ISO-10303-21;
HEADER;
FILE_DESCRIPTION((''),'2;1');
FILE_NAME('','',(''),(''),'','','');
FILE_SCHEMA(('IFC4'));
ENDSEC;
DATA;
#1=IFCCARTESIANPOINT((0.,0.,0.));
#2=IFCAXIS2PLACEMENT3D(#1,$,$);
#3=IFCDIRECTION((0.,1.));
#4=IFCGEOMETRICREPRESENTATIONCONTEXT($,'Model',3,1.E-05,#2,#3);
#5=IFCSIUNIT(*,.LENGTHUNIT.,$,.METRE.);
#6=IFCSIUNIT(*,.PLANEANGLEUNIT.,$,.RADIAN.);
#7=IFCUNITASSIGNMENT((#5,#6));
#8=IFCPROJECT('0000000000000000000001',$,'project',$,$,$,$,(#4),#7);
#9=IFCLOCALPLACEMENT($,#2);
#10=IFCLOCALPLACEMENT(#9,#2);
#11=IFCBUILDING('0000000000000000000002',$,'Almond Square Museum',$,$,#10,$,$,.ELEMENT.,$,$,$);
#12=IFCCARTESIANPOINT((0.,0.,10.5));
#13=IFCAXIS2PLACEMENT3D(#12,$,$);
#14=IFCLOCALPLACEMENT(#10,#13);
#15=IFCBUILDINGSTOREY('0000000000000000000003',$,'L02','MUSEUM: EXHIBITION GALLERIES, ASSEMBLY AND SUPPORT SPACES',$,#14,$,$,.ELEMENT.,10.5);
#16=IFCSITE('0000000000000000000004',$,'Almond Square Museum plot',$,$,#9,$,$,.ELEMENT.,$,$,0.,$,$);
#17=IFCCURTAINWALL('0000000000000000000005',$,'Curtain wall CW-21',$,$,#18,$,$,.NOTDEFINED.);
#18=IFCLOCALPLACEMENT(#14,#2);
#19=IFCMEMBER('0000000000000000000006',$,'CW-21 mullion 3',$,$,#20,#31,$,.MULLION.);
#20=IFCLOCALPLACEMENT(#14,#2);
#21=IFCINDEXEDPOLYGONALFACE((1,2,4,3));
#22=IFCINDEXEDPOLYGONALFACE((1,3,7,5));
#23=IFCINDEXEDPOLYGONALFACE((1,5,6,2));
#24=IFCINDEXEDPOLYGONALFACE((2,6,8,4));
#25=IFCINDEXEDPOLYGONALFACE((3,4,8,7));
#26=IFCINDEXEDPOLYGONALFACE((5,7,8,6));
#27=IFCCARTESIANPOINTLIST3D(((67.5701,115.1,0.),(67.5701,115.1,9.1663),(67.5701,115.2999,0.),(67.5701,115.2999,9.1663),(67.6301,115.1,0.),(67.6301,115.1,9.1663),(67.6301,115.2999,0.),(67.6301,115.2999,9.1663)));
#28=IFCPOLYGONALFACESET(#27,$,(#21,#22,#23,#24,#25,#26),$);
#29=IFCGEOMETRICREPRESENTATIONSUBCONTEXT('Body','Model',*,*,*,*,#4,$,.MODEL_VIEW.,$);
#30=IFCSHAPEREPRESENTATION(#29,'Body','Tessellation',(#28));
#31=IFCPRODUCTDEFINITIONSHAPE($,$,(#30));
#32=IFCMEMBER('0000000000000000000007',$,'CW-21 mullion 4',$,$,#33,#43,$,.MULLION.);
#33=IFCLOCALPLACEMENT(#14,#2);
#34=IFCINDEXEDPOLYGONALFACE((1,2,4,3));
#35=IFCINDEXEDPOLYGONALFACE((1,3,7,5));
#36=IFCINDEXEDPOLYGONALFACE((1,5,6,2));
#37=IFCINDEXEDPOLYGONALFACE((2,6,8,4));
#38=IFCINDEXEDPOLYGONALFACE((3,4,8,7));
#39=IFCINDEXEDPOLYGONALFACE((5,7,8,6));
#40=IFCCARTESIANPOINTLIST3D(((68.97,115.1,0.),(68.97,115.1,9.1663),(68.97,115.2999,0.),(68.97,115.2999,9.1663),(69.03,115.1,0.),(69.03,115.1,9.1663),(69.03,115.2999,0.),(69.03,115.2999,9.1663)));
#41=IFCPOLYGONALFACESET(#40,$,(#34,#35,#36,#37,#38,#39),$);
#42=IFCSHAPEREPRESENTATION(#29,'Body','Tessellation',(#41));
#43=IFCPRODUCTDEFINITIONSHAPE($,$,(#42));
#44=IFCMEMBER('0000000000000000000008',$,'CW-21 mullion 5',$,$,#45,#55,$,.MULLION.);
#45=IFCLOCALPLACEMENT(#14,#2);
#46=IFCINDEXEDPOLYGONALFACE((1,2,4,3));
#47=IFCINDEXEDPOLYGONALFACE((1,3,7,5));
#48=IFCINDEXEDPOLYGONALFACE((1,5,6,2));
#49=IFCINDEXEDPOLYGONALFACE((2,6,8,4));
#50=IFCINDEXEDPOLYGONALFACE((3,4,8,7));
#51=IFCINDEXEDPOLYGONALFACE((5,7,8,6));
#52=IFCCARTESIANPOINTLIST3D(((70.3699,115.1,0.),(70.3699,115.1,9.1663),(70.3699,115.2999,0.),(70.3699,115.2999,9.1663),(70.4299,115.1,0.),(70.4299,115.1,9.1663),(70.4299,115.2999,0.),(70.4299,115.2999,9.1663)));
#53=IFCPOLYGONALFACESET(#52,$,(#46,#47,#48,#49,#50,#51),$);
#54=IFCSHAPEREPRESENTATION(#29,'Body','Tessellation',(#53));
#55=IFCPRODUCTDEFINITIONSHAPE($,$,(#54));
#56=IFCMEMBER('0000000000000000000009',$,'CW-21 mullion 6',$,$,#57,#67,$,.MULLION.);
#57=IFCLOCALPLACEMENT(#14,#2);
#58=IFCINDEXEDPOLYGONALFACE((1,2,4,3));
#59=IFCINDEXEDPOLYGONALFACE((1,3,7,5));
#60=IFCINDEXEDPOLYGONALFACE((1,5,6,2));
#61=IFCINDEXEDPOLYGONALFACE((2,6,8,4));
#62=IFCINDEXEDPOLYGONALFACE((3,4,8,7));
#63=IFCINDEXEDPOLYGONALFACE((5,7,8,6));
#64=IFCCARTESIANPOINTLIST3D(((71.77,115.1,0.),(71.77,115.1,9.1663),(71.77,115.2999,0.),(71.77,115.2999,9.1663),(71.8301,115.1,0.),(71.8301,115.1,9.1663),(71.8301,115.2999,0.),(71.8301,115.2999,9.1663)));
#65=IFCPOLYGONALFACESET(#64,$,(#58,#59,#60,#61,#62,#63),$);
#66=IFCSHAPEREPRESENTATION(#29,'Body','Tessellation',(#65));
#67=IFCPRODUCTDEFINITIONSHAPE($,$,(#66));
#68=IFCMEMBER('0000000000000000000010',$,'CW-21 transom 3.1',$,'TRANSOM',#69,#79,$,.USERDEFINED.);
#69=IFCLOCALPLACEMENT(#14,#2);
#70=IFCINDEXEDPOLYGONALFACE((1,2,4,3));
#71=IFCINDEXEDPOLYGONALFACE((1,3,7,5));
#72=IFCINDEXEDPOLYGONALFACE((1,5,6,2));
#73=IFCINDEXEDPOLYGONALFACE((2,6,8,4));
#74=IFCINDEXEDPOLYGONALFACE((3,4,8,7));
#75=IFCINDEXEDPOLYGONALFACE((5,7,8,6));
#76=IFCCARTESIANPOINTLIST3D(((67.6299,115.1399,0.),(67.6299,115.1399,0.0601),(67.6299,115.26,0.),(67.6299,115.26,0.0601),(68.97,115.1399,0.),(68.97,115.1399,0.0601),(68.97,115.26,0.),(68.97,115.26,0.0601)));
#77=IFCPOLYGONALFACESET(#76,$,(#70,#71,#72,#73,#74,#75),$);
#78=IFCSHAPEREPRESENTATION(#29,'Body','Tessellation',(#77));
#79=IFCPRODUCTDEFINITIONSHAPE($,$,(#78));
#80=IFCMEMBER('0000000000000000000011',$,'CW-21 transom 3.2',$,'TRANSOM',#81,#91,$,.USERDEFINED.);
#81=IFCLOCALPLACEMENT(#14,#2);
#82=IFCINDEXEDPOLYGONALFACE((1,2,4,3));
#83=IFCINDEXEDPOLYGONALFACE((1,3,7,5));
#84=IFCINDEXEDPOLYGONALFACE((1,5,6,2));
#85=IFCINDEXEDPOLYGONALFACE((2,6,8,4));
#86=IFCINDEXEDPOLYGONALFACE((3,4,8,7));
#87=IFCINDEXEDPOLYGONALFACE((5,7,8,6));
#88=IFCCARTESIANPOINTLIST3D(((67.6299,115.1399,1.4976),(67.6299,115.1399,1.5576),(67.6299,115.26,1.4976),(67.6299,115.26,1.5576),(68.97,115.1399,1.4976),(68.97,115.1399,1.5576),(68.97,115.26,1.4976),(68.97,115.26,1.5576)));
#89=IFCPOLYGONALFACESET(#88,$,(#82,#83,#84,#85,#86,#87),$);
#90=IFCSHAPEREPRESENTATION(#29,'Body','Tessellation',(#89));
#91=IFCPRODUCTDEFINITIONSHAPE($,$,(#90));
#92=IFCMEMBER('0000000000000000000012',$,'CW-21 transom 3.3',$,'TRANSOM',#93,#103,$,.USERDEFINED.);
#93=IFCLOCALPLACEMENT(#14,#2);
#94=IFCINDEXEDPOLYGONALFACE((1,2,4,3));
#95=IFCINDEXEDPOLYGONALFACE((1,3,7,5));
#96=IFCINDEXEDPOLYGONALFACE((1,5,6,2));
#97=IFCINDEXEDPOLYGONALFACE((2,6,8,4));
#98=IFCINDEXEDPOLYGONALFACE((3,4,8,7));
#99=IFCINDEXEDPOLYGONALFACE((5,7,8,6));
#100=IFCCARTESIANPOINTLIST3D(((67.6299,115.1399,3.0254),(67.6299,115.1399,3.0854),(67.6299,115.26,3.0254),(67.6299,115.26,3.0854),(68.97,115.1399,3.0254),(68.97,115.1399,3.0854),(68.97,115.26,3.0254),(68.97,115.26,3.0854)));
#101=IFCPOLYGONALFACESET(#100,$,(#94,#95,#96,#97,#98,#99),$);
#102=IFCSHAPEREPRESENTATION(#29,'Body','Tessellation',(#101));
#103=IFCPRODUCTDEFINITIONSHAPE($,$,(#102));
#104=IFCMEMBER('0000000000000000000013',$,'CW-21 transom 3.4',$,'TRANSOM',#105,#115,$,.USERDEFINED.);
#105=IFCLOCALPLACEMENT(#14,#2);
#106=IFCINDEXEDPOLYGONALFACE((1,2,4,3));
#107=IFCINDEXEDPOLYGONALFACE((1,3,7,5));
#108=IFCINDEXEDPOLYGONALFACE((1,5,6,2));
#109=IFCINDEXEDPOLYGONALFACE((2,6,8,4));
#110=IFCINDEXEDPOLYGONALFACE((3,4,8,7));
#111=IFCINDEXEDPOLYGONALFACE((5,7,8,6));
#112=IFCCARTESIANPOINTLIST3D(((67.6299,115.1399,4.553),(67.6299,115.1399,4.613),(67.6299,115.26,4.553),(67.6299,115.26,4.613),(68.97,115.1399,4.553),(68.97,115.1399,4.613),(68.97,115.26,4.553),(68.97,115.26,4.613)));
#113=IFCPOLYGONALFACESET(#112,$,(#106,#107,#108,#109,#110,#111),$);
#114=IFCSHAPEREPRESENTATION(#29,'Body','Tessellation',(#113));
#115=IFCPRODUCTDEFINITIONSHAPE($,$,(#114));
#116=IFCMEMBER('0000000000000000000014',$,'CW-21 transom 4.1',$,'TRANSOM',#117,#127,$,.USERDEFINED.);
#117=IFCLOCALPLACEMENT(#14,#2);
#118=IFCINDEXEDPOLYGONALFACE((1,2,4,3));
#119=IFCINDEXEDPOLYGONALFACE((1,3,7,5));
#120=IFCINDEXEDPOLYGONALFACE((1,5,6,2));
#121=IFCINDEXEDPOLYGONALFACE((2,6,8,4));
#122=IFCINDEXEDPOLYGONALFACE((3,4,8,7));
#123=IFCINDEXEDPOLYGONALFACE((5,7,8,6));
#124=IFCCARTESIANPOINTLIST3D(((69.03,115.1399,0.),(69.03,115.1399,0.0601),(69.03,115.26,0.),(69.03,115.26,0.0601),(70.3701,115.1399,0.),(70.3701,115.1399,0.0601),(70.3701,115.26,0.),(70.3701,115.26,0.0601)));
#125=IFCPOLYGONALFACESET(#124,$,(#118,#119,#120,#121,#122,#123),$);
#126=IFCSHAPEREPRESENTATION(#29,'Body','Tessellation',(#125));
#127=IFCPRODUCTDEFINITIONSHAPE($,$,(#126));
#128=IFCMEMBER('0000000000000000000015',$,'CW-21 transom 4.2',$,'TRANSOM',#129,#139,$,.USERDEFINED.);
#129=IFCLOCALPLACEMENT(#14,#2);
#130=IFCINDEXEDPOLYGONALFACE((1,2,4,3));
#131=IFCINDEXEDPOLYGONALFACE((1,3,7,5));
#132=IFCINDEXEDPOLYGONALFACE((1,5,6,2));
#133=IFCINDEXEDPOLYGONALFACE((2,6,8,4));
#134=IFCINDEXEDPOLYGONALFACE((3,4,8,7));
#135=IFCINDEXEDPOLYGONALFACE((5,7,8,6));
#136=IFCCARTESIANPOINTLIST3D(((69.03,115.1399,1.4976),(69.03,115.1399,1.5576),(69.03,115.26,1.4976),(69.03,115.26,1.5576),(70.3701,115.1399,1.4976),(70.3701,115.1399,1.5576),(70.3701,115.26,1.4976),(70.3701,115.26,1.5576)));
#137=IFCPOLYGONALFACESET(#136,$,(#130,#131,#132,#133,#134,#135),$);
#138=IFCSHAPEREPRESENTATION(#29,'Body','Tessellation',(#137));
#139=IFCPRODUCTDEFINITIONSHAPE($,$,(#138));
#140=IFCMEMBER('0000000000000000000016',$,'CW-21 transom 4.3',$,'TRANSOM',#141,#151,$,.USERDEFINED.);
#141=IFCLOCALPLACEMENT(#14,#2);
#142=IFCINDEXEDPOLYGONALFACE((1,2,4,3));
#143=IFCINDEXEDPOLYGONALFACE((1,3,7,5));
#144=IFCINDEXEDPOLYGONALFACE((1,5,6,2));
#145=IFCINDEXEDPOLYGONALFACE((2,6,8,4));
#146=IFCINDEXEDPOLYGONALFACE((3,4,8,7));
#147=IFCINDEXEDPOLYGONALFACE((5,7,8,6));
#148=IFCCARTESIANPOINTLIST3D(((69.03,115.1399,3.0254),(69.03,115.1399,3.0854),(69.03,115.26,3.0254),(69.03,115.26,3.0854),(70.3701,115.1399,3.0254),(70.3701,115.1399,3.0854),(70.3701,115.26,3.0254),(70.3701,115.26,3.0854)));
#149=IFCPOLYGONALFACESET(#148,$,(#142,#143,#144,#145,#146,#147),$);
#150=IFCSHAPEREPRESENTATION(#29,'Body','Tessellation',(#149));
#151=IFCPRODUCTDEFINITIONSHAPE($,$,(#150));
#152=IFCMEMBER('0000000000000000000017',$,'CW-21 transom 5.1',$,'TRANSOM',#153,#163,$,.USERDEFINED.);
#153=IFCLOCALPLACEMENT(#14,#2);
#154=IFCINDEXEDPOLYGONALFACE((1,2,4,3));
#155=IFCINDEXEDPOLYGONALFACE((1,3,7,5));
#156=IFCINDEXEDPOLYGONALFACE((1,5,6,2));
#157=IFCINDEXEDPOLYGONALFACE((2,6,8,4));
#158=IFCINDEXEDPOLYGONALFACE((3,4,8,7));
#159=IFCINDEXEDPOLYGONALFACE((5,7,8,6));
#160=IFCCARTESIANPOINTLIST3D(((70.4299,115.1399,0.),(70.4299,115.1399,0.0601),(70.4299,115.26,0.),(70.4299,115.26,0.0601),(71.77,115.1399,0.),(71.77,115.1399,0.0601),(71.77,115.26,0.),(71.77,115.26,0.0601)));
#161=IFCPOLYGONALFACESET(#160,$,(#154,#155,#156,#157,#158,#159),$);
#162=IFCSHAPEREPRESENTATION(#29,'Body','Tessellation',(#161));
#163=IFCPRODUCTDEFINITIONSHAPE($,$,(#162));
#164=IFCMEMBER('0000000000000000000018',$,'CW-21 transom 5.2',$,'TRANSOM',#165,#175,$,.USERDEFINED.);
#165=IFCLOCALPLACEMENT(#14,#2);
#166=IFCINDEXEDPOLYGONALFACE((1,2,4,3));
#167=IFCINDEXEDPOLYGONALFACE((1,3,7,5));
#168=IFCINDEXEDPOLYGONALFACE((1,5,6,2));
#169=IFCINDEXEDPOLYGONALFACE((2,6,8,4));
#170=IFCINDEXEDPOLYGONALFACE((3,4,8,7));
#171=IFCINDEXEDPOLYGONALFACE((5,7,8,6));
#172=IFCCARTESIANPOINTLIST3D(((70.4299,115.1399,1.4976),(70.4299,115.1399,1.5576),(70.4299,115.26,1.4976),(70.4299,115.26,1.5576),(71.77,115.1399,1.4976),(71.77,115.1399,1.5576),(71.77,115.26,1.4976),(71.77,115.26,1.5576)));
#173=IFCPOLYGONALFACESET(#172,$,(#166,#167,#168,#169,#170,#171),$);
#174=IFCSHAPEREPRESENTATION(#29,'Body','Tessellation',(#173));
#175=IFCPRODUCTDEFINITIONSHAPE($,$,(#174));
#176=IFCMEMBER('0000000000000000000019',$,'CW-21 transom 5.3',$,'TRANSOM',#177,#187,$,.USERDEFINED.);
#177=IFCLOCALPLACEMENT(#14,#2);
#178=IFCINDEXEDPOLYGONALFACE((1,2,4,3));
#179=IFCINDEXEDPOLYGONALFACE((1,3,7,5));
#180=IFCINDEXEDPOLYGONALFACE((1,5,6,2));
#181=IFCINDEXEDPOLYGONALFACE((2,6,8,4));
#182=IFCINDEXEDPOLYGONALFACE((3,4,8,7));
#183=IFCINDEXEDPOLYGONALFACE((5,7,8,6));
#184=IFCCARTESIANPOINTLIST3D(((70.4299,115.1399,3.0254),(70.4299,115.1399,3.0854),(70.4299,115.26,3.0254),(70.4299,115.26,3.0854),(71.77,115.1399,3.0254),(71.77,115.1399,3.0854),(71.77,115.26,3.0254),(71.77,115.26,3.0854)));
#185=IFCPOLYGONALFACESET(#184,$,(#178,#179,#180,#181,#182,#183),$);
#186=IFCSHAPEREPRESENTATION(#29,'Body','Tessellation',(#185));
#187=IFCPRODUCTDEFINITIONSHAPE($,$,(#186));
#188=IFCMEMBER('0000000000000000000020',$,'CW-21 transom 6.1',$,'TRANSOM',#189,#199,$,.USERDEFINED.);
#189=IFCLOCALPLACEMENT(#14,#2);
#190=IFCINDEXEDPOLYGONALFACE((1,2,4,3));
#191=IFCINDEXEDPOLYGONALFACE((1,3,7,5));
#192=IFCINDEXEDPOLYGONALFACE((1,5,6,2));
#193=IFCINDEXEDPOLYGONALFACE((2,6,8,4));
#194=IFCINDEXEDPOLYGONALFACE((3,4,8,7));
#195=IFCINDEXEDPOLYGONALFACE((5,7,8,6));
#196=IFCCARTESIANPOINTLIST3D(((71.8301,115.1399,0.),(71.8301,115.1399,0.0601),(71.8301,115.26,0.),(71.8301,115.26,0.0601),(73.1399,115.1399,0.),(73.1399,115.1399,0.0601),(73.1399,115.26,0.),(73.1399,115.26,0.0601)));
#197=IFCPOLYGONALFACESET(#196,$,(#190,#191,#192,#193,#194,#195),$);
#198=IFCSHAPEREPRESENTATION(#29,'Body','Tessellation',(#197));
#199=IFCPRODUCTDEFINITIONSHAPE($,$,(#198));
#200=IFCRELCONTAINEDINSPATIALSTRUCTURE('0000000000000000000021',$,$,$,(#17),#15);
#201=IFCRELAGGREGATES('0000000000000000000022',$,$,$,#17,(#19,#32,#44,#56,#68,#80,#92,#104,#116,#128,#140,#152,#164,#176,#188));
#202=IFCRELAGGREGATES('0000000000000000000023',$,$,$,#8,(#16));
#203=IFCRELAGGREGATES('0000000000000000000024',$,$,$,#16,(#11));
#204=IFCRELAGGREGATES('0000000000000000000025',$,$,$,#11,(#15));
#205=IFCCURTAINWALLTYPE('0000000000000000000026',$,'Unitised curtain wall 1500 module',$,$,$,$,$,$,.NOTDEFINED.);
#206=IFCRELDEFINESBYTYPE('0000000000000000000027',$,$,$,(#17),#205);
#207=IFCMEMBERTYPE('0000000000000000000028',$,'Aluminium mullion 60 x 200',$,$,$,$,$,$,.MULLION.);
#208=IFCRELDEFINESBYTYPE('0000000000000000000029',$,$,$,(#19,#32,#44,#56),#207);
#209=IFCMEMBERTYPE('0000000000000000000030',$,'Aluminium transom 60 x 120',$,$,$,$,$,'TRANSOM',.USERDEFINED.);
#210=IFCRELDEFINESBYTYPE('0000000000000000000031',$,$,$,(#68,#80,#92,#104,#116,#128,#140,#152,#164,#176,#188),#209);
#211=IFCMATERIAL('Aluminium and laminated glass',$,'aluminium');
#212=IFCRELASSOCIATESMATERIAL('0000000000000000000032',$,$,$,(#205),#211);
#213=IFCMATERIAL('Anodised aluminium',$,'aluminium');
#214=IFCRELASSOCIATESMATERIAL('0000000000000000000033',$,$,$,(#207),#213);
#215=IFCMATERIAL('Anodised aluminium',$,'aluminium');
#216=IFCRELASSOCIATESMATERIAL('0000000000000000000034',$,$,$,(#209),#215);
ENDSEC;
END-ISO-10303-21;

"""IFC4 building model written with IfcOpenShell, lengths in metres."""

from ifc_helpers import new_model, si_unit, direction, frame, origin, origin_2d, place, context, subcontext, project, spatial, rectangle, extrude, material, material_profile, profile_set, type_object, element, aggregate, save


model = new_model("IFC4")

# Units and contexts
model_context = context("Model", 3, precision=1e-05, world=origin(), true_north=direction((0.0, 1.0)))
body_context = subcontext(model_context, "Body", "Model", "MODEL_VIEW")
ifc_project = project(units=[si_unit("LENGTHUNIT", "METRE"), si_unit("PLANEANGLEUNIT", "RADIAN")], contexts=[model_context])

# Site, building, storey
site_placement = place(None, origin())
site = spatial("IfcSite", under=ifc_project, at=site_placement, Name="Almond Square Museum plot", CompositionType="ELEMENT", RefElevation=0.0)
building_placement = place(site_placement, origin())
building = spatial("IfcBuilding", under=site, at=building_placement, Name="Almond Square Museum", CompositionType="ELEMENT")
storey_placement = place(building_placement, frame((0.0, 0.0, 10.5)))
storey = spatial("IfcBuildingStorey", under=building, at=storey_placement, Name="L02", Description="MUSEUM: EXHIBITION GALLERIES, ASSEMBLY AND SUPPORT SPACES", CompositionType="ELEMENT", Elevation=10.5)

# Curtain wall, members
ifc_material_1 = material(Name="Aluminium and laminated glass", Category="aluminium")
curtain_wall_type = type_object("IfcCurtainWallType", Name="Unitised curtain wall 1500 module", PredefinedType="NOTDEFINED", material=ifc_material_1)
curtain_wall_placement = place(storey_placement, origin())
curtain_wall = element("IfcCurtainWall", 1, at=curtain_wall_placement, inside=storey, type_object=curtain_wall_type, Name="Curtain wall CW-21", PredefinedType="NOTDEFINED")
ifc_material_2 = material(Name="Anodised aluminium", Category="aluminium")
ifc_material_profile_1 = material_profile(ifc_material_2, rectangle(XDim=0.2, YDim=0.0601, at=origin_2d()))
ifc_profile_set_1 = profile_set([ifc_material_profile_1], Name="Anodised aluminium")
member_type_1 = type_object("IfcMemberType", Name="Aluminium mullion 60 x 200", PredefinedType="MULLION", material=ifc_profile_set_1)
member_1_placement = place(storey_placement, frame((67.6001, 115.2, 0.0), z_axis=(0.0, 0.0, 1.0), x_axis=(0.0, 1.0, 0.0)))
member_1 = element("IfcMember", 2, at=member_1_placement, type_object=member_type_1, Name="CW-21 mullion 3", PredefinedType="MULLION", context=body_context, shape_type="SweptSolid", body=[
    extrude(rectangle(XDim=0.2, YDim=0.0601, at=origin_2d()), origin(), (0.0, 0.0, 1.0), 9.1663),
])
member_2_placement = place(storey_placement, frame((69.0, 115.2, 0.0), z_axis=(0.0, 0.0, 1.0), x_axis=(0.0, 1.0, 0.0)))
member_2 = element("IfcMember", 3, at=member_2_placement, type_object=member_type_1, Name="CW-21 mullion 4", PredefinedType="MULLION", context=body_context, shape_type="SweptSolid", body=[
    extrude(rectangle(XDim=0.2, YDim=0.0601, at=origin_2d()), origin(), (0.0, 0.0, 1.0), 9.1663),
])
member_3_placement = place(storey_placement, frame((70.3999, 115.2, 0.0), z_axis=(0.0, 0.0, 1.0), x_axis=(0.0, 1.0, 0.0)))
member_3 = element("IfcMember", 4, at=member_3_placement, type_object=member_type_1, Name="CW-21 mullion 5", PredefinedType="MULLION", context=body_context, shape_type="SweptSolid", body=[
    extrude(rectangle(XDim=0.2, YDim=0.0601, at=origin_2d()), origin(), (0.0, 0.0, 1.0), 9.1663),
])
member_4_placement = place(storey_placement, frame((71.8, 115.2, 0.0), z_axis=(0.0, 0.0, 1.0), x_axis=(0.0, 1.0, 0.0)))
member_4 = element("IfcMember", 5, at=member_4_placement, type_object=member_type_1, Name="CW-21 mullion 6", PredefinedType="MULLION", context=body_context, shape_type="SweptSolid", body=[
    extrude(rectangle(XDim=0.2, YDim=0.0601, at=origin_2d()), origin(), (0.0, 0.0, 1.0), 9.1663),
])
ifc_material_3 = material(Name="Anodised aluminium", Category="aluminium")
ifc_material_profile_2 = material_profile(ifc_material_3, rectangle(XDim=0.1201, YDim=0.0601, at=origin_2d()))
ifc_profile_set_2 = profile_set([ifc_material_profile_2], Name="Anodised aluminium")
member_type_2 = type_object("IfcMemberType", Name="Aluminium transom 60 x 120", ElementType="TRANSOM", PredefinedType="USERDEFINED", material=ifc_profile_set_2)
member_5_placement = place(storey_placement, frame((67.6299, 115.2, 0.03), z_axis=(1.0, 0.0, 0.0), x_axis=(0.0, 1.0, 0.0)))
member_5 = element("IfcMember", 6, at=member_5_placement, type_object=member_type_2, Name="CW-21 transom 3.1", ObjectType="TRANSOM", PredefinedType="USERDEFINED", context=body_context, shape_type="SweptSolid", body=[
    extrude(rectangle(XDim=0.1201, YDim=0.0601, at=origin_2d()), origin(), (0.0, 0.0, 1.0), 1.3401),
])
member_6_placement = place(storey_placement, frame((67.6299, 115.2, 1.5276), z_axis=(1.0, 0.0, 0.0), x_axis=(0.0, 1.0, 0.0)))
member_6 = element("IfcMember", 7, at=member_6_placement, type_object=member_type_2, Name="CW-21 transom 3.2", ObjectType="TRANSOM", PredefinedType="USERDEFINED", context=body_context, shape_type="SweptSolid", body=[
    extrude(rectangle(XDim=0.1201, YDim=0.0601, at=origin_2d()), origin(), (0.0, 0.0, 1.0), 1.3401),
])
member_7_placement = place(storey_placement, frame((67.6299, 115.2, 3.0554), z_axis=(1.0, 0.0, 0.0), x_axis=(0.0, 1.0, 0.0)))
member_7 = element("IfcMember", 8, at=member_7_placement, type_object=member_type_2, Name="CW-21 transom 3.3", ObjectType="TRANSOM", PredefinedType="USERDEFINED", context=body_context, shape_type="SweptSolid", body=[
    extrude(rectangle(XDim=0.1201, YDim=0.0601, at=origin_2d()), origin(), (0.0, 0.0, 1.0), 1.3401),
])
member_8_placement = place(storey_placement, frame((67.6299, 115.2, 4.583), z_axis=(1.0, 0.0, 0.0), x_axis=(0.0, 1.0, 0.0)))
member_8 = element("IfcMember", 9, at=member_8_placement, type_object=member_type_2, Name="CW-21 transom 3.4", ObjectType="TRANSOM", PredefinedType="USERDEFINED", context=body_context, shape_type="SweptSolid", body=[
    extrude(rectangle(XDim=0.1201, YDim=0.0601, at=origin_2d()), origin(), (0.0, 0.0, 1.0), 1.3401),
])
member_9_placement = place(storey_placement, frame((69.03, 115.2, 0.03), z_axis=(1.0, 0.0, 0.0), x_axis=(0.0, 1.0, 0.0)))
member_9 = element("IfcMember", 10, at=member_9_placement, type_object=member_type_2, Name="CW-21 transom 4.1", ObjectType="TRANSOM", PredefinedType="USERDEFINED", context=body_context, shape_type="SweptSolid", body=[
    extrude(rectangle(XDim=0.1201, YDim=0.0601, at=origin_2d()), origin(), (0.0, 0.0, 1.0), 1.3401),
])
member_10_placement = place(storey_placement, frame((69.03, 115.2, 1.5276), z_axis=(1.0, 0.0, 0.0), x_axis=(0.0, 1.0, 0.0)))
member_10 = element("IfcMember", 11, at=member_10_placement, type_object=member_type_2, Name="CW-21 transom 4.2", ObjectType="TRANSOM", PredefinedType="USERDEFINED", context=body_context, shape_type="SweptSolid", body=[
    extrude(rectangle(XDim=0.1201, YDim=0.0601, at=origin_2d()), origin(), (0.0, 0.0, 1.0), 1.3401),
])
member_11_placement = place(storey_placement, frame((69.03, 115.2, 3.0554), z_axis=(1.0, 0.0, 0.0), x_axis=(0.0, 1.0, 0.0)))
member_11 = element("IfcMember", 12, at=member_11_placement, type_object=member_type_2, Name="CW-21 transom 4.3", ObjectType="TRANSOM", PredefinedType="USERDEFINED", context=body_context, shape_type="SweptSolid", body=[
    extrude(rectangle(XDim=0.1201, YDim=0.0601, at=origin_2d()), origin(), (0.0, 0.0, 1.0), 1.3401),
])
member_12_placement = place(storey_placement, frame((70.4299, 115.2, 0.03), z_axis=(1.0, 0.0, 0.0), x_axis=(0.0, 1.0, 0.0)))
member_12 = element("IfcMember", 13, at=member_12_placement, type_object=member_type_2, Name="CW-21 transom 5.1", ObjectType="TRANSOM", PredefinedType="USERDEFINED", context=body_context, shape_type="SweptSolid", body=[
    extrude(rectangle(XDim=0.1201, YDim=0.0601, at=origin_2d()), origin(), (0.0, 0.0, 1.0), 1.3401),
])
member_13_placement = place(storey_placement, frame((70.4299, 115.2, 1.5276), z_axis=(1.0, 0.0, 0.0), x_axis=(0.0, 1.0, 0.0)))
member_13 = element("IfcMember", 14, at=member_13_placement, type_object=member_type_2, Name="CW-21 transom 5.2", ObjectType="TRANSOM", PredefinedType="USERDEFINED", context=body_context, shape_type="SweptSolid", body=[
    extrude(rectangle(XDim=0.1201, YDim=0.0601, at=origin_2d()), origin(), (0.0, 0.0, 1.0), 1.3401),
])
member_14_placement = place(storey_placement, frame((70.4299, 115.2, 3.0554), z_axis=(1.0, 0.0, 0.0), x_axis=(0.0, 1.0, 0.0)))
member_14 = element("IfcMember", 15, at=member_14_placement, type_object=member_type_2, Name="CW-21 transom 5.3", ObjectType="TRANSOM", PredefinedType="USERDEFINED", context=body_context, shape_type="SweptSolid", body=[
    extrude(rectangle(XDim=0.1201, YDim=0.0601, at=origin_2d()), origin(), (0.0, 0.0, 1.0), 1.3401),
])
member_15_placement = place(storey_placement, frame((71.8301, 115.2, 0.03), z_axis=(1.0, 0.0, 0.0), x_axis=(0.0, 1.0, 0.0)))
member_15 = element("IfcMember", 16, at=member_15_placement, type_object=member_type_2, Name="CW-21 transom 6.1", ObjectType="TRANSOM", PredefinedType="USERDEFINED", context=body_context, shape_type="SweptSolid", body=[
    extrude(rectangle(XDim=0.1201, YDim=0.0601, at=origin_2d()), origin(), (0.0, 0.0, 1.0), 1.3098),
])
aggregate(curtain_wall, [member_1, member_2, member_3, member_4, member_5, member_6, member_7, member_8, member_9, member_10, member_11, member_12, member_13, member_14, member_15])

save(model, "model.ifc")
